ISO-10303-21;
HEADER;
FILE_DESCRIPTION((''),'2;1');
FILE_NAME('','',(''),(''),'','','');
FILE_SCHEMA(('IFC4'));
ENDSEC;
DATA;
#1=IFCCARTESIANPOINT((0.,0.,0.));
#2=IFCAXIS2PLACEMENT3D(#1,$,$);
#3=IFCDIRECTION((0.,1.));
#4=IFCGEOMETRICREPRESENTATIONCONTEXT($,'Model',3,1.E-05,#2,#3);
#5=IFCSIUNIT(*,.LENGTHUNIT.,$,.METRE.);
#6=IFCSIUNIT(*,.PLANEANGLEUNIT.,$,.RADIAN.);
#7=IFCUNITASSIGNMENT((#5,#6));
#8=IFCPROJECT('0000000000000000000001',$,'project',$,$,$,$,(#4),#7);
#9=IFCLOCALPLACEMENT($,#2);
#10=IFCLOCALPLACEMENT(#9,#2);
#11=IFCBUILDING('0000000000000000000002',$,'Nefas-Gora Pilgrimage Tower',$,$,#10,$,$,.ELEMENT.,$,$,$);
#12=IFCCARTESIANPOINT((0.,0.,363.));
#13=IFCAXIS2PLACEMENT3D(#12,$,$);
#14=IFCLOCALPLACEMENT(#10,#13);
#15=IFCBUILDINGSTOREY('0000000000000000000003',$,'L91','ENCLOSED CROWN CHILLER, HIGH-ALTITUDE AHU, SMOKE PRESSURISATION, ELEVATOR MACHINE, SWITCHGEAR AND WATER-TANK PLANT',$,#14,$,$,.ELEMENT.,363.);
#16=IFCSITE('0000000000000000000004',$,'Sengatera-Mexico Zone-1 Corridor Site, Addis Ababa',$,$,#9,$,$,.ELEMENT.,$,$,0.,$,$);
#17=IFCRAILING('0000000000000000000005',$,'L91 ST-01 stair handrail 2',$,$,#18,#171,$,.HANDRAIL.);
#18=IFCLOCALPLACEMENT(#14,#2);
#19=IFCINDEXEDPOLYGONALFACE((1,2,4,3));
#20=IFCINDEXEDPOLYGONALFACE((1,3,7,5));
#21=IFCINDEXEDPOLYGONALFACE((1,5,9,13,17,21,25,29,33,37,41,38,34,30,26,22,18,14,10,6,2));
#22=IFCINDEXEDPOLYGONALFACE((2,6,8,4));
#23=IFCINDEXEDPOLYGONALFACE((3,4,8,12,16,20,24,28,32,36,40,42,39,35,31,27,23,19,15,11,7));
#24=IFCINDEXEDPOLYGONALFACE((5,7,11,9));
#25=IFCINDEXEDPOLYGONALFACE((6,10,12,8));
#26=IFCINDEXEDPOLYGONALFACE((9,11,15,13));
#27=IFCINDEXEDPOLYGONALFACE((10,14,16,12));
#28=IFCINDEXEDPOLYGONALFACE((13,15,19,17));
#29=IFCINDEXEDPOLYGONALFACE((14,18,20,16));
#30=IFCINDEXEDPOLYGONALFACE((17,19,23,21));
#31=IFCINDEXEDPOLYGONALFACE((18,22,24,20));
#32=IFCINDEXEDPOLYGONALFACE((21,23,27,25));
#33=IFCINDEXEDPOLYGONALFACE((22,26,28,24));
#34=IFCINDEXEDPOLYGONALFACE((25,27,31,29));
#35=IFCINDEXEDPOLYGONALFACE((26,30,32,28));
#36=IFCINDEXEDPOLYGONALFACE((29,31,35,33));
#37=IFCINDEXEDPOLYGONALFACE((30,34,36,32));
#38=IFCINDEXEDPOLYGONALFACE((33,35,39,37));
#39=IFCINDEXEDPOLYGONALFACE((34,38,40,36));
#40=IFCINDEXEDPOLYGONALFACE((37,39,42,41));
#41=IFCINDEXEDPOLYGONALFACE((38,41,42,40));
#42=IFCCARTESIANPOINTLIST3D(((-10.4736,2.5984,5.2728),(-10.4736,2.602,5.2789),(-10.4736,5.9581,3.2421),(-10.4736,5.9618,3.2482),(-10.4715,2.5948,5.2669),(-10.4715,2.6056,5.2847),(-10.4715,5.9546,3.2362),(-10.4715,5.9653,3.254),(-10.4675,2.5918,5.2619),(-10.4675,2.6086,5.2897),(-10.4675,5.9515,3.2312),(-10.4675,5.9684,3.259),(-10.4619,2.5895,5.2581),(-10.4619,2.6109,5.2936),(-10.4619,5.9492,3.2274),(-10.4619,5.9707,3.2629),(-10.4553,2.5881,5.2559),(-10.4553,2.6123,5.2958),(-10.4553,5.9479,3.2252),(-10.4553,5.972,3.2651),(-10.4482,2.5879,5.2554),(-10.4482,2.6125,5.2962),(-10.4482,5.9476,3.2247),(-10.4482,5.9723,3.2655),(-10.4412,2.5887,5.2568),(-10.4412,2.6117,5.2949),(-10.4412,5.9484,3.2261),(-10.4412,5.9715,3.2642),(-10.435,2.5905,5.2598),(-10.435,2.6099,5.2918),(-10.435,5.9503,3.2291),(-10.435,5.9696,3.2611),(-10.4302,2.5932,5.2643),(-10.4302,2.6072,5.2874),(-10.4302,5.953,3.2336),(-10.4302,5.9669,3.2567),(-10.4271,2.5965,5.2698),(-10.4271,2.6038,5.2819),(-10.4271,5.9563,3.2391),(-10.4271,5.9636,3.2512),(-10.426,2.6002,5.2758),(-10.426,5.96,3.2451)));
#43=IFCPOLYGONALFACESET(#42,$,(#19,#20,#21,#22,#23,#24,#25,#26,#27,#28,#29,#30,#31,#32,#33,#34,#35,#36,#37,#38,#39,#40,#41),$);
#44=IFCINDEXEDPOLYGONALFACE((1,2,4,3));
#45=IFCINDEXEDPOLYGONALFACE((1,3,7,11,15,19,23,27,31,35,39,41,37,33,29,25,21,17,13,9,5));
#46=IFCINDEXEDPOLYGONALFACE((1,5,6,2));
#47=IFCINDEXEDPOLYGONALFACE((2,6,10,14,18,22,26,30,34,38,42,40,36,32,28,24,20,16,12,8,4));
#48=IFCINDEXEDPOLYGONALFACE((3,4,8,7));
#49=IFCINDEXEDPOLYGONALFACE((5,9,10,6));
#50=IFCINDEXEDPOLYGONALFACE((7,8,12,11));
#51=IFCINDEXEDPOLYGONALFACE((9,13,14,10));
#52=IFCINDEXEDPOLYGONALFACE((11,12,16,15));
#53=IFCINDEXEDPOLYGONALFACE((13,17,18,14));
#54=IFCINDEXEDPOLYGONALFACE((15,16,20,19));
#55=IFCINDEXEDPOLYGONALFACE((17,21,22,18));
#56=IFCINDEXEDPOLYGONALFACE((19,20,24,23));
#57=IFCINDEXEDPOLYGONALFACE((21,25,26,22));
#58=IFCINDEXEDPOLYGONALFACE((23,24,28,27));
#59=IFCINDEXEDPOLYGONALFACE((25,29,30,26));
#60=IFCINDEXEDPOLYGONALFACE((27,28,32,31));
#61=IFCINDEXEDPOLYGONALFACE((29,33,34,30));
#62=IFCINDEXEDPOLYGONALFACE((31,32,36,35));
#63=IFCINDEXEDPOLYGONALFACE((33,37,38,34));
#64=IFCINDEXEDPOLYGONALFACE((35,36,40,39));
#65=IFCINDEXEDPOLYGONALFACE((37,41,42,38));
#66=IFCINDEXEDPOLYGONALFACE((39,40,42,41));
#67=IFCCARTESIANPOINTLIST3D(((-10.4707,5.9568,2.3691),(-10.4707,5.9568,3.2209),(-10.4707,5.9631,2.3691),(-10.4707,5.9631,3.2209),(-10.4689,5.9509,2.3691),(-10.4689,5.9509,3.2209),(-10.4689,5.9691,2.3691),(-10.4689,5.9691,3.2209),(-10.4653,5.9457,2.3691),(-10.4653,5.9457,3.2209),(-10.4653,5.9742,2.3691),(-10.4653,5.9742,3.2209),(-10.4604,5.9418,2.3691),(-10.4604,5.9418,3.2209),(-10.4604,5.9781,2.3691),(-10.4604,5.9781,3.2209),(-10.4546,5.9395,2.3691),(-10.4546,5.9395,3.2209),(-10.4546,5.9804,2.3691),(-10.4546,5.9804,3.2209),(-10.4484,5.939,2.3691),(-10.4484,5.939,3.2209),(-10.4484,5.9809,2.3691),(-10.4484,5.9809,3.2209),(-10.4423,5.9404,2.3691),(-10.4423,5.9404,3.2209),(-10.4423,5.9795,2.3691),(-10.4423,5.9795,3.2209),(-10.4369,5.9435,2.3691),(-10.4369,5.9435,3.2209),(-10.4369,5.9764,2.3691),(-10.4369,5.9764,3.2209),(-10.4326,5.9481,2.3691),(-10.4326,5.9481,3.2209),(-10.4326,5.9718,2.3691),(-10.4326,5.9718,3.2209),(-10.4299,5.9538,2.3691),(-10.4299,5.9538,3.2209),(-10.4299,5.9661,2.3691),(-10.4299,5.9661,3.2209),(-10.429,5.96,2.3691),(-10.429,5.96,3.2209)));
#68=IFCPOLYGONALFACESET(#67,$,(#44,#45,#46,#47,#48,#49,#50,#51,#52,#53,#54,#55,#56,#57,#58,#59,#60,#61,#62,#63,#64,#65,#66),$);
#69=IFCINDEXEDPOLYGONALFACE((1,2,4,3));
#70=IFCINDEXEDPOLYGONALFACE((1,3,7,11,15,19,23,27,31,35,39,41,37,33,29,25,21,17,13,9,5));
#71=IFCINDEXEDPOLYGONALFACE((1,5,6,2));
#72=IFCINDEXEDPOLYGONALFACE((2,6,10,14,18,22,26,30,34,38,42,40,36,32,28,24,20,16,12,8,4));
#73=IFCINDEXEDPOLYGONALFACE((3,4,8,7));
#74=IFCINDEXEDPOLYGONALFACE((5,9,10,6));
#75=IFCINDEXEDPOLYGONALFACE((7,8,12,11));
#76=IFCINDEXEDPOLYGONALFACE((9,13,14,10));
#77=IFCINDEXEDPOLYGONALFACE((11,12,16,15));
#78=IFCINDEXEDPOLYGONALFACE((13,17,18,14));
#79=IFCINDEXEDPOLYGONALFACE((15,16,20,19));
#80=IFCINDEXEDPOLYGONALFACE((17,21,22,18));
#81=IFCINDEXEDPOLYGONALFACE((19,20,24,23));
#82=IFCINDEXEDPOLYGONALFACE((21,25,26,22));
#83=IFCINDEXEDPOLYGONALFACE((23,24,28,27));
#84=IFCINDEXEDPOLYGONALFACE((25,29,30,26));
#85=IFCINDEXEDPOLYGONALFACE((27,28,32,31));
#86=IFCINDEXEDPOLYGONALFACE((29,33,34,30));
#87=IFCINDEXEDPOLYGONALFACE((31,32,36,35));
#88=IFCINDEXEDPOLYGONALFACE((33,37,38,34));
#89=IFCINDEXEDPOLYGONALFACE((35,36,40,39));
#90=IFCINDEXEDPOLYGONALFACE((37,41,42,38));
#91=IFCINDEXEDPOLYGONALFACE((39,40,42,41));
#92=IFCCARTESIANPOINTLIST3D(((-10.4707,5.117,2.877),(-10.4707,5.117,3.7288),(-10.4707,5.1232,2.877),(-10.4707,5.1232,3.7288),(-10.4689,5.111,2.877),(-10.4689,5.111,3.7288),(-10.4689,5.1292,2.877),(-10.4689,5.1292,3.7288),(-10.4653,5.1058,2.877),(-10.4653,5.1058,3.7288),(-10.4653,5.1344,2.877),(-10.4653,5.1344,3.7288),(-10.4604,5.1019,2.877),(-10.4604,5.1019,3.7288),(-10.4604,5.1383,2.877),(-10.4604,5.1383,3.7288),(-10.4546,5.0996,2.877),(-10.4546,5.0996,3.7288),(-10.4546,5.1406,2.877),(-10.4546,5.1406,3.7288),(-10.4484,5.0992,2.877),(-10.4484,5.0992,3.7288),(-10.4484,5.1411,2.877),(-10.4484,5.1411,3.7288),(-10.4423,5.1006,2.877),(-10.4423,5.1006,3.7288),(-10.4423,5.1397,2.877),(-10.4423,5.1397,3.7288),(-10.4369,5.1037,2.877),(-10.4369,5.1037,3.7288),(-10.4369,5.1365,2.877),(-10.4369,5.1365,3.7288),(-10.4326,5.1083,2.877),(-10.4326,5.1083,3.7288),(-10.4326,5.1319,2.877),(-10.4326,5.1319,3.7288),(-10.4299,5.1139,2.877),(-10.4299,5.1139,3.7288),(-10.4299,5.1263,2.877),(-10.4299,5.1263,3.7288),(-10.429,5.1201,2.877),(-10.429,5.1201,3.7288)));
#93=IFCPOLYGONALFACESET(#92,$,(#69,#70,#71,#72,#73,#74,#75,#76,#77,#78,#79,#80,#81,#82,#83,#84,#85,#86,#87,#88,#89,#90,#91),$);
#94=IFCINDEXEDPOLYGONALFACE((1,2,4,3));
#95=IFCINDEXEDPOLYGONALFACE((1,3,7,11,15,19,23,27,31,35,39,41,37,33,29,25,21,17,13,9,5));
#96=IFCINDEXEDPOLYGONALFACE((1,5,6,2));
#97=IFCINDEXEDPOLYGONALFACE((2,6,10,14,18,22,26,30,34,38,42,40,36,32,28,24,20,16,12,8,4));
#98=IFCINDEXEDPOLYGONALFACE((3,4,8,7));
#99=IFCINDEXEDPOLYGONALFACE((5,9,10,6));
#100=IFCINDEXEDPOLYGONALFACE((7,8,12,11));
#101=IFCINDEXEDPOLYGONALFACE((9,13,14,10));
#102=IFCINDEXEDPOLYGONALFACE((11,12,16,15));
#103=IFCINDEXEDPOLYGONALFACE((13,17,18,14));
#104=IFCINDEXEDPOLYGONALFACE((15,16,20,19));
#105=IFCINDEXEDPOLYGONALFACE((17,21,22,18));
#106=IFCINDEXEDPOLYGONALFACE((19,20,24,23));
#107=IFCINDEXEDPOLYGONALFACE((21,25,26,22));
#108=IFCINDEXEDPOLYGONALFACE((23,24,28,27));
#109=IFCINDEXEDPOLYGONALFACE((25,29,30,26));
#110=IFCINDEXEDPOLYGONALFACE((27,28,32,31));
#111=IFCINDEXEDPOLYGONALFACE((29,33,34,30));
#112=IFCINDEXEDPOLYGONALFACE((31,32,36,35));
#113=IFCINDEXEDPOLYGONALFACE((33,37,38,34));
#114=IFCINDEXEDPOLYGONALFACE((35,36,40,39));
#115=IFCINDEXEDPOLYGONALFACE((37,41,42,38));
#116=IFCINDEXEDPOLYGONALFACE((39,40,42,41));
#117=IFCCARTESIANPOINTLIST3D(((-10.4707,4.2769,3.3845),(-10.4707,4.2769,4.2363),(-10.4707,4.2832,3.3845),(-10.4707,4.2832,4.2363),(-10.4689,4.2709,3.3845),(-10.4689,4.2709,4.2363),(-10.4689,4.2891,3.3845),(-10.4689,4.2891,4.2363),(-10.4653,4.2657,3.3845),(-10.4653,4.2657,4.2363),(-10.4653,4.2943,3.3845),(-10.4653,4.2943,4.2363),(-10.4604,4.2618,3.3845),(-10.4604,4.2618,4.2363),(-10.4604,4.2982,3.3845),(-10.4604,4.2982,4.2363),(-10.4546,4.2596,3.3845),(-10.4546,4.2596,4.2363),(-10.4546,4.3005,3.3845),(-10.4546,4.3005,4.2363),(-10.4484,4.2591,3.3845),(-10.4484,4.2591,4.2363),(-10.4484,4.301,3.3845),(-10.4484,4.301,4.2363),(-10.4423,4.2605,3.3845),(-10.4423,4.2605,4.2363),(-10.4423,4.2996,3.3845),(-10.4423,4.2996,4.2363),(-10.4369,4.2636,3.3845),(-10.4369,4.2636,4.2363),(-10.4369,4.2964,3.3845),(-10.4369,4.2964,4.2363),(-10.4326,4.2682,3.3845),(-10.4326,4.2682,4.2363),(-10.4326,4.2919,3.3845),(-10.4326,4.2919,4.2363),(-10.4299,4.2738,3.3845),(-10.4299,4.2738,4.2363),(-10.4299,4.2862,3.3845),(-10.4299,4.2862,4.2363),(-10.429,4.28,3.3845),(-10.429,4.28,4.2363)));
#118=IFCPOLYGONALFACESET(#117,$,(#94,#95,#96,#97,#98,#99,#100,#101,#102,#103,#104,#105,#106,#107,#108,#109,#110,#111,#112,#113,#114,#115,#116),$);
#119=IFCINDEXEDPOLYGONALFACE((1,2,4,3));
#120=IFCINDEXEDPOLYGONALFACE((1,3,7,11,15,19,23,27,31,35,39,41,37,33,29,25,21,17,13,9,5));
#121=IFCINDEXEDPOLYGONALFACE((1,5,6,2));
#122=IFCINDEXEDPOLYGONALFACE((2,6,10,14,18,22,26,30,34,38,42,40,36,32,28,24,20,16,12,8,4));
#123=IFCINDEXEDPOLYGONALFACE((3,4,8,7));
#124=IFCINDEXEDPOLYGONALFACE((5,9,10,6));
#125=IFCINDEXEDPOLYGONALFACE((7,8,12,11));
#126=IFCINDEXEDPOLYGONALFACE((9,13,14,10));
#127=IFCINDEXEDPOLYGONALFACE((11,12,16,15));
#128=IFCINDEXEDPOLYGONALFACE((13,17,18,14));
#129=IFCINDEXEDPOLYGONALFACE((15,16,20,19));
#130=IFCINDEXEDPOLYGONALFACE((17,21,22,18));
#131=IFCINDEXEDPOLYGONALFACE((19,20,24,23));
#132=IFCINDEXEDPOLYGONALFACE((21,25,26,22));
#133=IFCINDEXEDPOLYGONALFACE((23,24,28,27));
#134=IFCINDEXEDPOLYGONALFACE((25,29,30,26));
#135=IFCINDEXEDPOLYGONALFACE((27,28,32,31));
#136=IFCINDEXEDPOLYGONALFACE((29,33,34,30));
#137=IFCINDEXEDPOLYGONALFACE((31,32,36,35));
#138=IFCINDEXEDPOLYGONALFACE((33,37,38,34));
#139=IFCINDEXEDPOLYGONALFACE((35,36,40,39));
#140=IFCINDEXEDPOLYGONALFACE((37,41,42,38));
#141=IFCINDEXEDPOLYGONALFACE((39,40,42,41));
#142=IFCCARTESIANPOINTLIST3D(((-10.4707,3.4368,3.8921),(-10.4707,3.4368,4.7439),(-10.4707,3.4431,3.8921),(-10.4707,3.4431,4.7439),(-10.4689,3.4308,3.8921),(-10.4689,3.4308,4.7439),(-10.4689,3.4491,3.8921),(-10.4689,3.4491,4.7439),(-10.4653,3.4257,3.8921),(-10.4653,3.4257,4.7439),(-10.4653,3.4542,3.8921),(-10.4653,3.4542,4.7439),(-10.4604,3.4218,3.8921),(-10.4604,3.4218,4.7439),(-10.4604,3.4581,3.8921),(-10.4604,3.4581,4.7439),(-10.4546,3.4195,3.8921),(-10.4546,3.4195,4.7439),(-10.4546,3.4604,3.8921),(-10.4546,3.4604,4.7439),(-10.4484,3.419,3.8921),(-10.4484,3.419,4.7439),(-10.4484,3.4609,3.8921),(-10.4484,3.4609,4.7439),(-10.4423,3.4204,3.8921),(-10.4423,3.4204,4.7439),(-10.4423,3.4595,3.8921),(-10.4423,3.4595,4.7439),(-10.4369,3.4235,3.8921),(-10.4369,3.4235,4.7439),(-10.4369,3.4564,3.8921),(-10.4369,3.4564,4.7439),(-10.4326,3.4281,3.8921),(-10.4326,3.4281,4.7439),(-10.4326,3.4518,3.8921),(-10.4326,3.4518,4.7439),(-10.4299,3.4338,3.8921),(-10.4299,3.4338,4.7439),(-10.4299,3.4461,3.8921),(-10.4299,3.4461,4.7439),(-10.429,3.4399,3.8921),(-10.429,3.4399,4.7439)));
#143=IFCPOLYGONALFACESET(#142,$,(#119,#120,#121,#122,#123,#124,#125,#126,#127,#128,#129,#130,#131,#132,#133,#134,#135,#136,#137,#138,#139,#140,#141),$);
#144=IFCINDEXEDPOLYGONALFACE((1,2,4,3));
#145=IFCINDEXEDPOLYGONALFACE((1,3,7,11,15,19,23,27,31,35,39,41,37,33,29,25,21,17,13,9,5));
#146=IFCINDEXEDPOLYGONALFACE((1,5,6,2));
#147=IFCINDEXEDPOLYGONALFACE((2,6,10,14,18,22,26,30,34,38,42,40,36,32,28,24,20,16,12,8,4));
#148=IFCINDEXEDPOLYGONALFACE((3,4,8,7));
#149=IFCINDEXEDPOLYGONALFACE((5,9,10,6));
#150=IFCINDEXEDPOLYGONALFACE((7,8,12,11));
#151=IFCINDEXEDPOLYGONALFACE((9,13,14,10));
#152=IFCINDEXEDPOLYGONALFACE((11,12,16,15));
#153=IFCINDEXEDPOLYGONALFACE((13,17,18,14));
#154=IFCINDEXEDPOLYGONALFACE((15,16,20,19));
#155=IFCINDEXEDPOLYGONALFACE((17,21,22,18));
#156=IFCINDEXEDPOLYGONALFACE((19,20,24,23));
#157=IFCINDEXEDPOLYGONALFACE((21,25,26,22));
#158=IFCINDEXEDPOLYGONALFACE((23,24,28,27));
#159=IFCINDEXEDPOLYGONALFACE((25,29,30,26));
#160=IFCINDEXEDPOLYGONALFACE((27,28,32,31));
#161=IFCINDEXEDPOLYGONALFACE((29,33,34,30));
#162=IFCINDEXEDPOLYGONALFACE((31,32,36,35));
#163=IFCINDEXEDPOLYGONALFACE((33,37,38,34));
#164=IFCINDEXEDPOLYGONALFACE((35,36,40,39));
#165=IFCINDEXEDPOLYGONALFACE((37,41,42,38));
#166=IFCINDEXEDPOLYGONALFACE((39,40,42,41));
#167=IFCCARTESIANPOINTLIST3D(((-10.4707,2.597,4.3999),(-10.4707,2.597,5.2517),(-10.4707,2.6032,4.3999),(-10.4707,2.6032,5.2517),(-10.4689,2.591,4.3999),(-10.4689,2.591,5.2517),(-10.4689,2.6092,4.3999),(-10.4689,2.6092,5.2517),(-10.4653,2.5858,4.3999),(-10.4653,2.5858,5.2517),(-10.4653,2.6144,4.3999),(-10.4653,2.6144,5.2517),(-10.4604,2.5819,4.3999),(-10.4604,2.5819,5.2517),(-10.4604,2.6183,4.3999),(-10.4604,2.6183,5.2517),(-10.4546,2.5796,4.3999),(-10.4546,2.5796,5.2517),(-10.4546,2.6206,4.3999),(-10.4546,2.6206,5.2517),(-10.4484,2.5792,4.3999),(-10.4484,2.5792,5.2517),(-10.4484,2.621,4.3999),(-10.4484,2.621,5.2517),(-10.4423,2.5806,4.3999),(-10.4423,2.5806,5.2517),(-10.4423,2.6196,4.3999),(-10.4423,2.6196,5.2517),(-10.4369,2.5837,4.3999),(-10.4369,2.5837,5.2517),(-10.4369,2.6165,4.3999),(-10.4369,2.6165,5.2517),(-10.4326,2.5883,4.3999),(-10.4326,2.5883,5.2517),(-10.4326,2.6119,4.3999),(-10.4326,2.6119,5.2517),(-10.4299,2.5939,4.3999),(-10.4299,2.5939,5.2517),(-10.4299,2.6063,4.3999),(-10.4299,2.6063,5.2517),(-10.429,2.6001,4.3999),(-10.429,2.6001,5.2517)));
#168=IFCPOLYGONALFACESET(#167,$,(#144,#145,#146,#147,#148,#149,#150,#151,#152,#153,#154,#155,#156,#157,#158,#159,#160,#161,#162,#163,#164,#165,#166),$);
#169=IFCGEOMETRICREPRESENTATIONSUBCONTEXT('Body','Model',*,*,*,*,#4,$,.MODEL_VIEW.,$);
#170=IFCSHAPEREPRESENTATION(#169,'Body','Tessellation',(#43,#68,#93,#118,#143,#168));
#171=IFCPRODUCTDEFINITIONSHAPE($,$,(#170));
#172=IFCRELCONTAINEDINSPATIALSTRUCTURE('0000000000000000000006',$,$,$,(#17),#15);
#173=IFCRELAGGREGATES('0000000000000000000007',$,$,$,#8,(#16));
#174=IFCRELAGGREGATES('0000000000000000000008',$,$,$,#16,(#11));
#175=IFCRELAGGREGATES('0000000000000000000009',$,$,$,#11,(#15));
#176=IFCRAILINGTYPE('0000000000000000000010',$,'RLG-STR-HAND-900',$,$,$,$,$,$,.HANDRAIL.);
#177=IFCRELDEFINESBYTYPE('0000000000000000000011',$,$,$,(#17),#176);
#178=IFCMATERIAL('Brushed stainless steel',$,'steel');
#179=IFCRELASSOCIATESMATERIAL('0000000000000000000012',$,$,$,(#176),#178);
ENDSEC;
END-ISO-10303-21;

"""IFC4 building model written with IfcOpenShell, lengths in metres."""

from ifc_helpers import new_model, si_unit, direction, frame, origin, origin_2d, place, context, subcontext, project, spatial, circle, extrude, material, type_object, element, save


model = new_model("IFC4")

# Units and contexts
model_context = context("Model", 3, precision=1e-05, world=origin(), true_north=direction((0.0, 1.0)))
body_context = subcontext(model_context, "Body", "Model", "MODEL_VIEW")
ifc_project = project(units=[si_unit("LENGTHUNIT", "METRE"), si_unit("PLANEANGLEUNIT", "RADIAN")], contexts=[model_context])

# Site, building, storey
site_placement = place(None, origin())
site = spatial("IfcSite", under=ifc_project, at=site_placement, Name="Sengatera-Mexico Zone-1 Corridor Site, Addis Ababa", CompositionType="ELEMENT", RefElevation=0.0)
building_placement = place(site_placement, origin())
building = spatial("IfcBuilding", under=site, at=building_placement, Name="Nefas-Gora Pilgrimage Tower", CompositionType="ELEMENT")
storey_placement = place(building_placement, frame((0.0, 0.0, 363.0)))
storey = spatial("IfcBuildingStorey", under=building, at=storey_placement, Name="L91", Description="ENCLOSED CROWN CHILLER, HIGH-ALTITUDE AHU, SMOKE PRESSURISATION, ELEVATOR MACHINE, SWITCHGEAR AND WATER-TANK PLANT", CompositionType="ELEMENT", Elevation=363.0)

# Railing
ifc_material_1 = material(Name="Brushed stainless steel", Category="steel")
railing_type_1 = type_object("IfcRailingType", Name="RLG-STR-HAND-900", PredefinedType="HANDRAIL", material=ifc_material_1)
railing_1_placement = place(storey_placement, frame((-10.45, 5.96, 2.3691)))
element("IfcRailing", 1, at=railing_1_placement, inside=storey, type_object=railing_type_1, Name="L91 ST-01 stair handrail 2", PredefinedType="HANDRAIL", context=body_context, shape_type="SweptSolid", body=[
    extrude(circle(Radius=0.0239, at=origin_2d()), frame((0.0, 0.0, 0.876), z_axis=(0.0, -0.85582, 0.517273), x_axis=(1.0, 0.0, 0.0)), (0.0, 0.0, 1.0), 3.9258),
    extrude(circle(Radius=0.021, at=origin_2d()), origin(), (0.0, 0.0, 1.0), 0.8518),
    extrude(circle(Radius=0.021, at=origin_2d()), frame((0.0, -0.8398, 0.5078)), (0.0, 0.0, 1.0), 0.8518),
    extrude(circle(Radius=0.021, at=origin_2d()), frame((0.0, -1.6799, 1.0154)), (0.0, 0.0, 1.0), 0.8518),
    extrude(circle(Radius=0.021, at=origin_2d()), frame((0.0, -2.52, 1.5229)), (0.0, 0.0, 1.0), 0.8518),
    extrude(circle(Radius=0.021, at=origin_2d()), frame((0.0, -3.3599, 2.0308)), (0.0, 0.0, 1.0), 0.8518),
])

save(model, "model.ifc")
